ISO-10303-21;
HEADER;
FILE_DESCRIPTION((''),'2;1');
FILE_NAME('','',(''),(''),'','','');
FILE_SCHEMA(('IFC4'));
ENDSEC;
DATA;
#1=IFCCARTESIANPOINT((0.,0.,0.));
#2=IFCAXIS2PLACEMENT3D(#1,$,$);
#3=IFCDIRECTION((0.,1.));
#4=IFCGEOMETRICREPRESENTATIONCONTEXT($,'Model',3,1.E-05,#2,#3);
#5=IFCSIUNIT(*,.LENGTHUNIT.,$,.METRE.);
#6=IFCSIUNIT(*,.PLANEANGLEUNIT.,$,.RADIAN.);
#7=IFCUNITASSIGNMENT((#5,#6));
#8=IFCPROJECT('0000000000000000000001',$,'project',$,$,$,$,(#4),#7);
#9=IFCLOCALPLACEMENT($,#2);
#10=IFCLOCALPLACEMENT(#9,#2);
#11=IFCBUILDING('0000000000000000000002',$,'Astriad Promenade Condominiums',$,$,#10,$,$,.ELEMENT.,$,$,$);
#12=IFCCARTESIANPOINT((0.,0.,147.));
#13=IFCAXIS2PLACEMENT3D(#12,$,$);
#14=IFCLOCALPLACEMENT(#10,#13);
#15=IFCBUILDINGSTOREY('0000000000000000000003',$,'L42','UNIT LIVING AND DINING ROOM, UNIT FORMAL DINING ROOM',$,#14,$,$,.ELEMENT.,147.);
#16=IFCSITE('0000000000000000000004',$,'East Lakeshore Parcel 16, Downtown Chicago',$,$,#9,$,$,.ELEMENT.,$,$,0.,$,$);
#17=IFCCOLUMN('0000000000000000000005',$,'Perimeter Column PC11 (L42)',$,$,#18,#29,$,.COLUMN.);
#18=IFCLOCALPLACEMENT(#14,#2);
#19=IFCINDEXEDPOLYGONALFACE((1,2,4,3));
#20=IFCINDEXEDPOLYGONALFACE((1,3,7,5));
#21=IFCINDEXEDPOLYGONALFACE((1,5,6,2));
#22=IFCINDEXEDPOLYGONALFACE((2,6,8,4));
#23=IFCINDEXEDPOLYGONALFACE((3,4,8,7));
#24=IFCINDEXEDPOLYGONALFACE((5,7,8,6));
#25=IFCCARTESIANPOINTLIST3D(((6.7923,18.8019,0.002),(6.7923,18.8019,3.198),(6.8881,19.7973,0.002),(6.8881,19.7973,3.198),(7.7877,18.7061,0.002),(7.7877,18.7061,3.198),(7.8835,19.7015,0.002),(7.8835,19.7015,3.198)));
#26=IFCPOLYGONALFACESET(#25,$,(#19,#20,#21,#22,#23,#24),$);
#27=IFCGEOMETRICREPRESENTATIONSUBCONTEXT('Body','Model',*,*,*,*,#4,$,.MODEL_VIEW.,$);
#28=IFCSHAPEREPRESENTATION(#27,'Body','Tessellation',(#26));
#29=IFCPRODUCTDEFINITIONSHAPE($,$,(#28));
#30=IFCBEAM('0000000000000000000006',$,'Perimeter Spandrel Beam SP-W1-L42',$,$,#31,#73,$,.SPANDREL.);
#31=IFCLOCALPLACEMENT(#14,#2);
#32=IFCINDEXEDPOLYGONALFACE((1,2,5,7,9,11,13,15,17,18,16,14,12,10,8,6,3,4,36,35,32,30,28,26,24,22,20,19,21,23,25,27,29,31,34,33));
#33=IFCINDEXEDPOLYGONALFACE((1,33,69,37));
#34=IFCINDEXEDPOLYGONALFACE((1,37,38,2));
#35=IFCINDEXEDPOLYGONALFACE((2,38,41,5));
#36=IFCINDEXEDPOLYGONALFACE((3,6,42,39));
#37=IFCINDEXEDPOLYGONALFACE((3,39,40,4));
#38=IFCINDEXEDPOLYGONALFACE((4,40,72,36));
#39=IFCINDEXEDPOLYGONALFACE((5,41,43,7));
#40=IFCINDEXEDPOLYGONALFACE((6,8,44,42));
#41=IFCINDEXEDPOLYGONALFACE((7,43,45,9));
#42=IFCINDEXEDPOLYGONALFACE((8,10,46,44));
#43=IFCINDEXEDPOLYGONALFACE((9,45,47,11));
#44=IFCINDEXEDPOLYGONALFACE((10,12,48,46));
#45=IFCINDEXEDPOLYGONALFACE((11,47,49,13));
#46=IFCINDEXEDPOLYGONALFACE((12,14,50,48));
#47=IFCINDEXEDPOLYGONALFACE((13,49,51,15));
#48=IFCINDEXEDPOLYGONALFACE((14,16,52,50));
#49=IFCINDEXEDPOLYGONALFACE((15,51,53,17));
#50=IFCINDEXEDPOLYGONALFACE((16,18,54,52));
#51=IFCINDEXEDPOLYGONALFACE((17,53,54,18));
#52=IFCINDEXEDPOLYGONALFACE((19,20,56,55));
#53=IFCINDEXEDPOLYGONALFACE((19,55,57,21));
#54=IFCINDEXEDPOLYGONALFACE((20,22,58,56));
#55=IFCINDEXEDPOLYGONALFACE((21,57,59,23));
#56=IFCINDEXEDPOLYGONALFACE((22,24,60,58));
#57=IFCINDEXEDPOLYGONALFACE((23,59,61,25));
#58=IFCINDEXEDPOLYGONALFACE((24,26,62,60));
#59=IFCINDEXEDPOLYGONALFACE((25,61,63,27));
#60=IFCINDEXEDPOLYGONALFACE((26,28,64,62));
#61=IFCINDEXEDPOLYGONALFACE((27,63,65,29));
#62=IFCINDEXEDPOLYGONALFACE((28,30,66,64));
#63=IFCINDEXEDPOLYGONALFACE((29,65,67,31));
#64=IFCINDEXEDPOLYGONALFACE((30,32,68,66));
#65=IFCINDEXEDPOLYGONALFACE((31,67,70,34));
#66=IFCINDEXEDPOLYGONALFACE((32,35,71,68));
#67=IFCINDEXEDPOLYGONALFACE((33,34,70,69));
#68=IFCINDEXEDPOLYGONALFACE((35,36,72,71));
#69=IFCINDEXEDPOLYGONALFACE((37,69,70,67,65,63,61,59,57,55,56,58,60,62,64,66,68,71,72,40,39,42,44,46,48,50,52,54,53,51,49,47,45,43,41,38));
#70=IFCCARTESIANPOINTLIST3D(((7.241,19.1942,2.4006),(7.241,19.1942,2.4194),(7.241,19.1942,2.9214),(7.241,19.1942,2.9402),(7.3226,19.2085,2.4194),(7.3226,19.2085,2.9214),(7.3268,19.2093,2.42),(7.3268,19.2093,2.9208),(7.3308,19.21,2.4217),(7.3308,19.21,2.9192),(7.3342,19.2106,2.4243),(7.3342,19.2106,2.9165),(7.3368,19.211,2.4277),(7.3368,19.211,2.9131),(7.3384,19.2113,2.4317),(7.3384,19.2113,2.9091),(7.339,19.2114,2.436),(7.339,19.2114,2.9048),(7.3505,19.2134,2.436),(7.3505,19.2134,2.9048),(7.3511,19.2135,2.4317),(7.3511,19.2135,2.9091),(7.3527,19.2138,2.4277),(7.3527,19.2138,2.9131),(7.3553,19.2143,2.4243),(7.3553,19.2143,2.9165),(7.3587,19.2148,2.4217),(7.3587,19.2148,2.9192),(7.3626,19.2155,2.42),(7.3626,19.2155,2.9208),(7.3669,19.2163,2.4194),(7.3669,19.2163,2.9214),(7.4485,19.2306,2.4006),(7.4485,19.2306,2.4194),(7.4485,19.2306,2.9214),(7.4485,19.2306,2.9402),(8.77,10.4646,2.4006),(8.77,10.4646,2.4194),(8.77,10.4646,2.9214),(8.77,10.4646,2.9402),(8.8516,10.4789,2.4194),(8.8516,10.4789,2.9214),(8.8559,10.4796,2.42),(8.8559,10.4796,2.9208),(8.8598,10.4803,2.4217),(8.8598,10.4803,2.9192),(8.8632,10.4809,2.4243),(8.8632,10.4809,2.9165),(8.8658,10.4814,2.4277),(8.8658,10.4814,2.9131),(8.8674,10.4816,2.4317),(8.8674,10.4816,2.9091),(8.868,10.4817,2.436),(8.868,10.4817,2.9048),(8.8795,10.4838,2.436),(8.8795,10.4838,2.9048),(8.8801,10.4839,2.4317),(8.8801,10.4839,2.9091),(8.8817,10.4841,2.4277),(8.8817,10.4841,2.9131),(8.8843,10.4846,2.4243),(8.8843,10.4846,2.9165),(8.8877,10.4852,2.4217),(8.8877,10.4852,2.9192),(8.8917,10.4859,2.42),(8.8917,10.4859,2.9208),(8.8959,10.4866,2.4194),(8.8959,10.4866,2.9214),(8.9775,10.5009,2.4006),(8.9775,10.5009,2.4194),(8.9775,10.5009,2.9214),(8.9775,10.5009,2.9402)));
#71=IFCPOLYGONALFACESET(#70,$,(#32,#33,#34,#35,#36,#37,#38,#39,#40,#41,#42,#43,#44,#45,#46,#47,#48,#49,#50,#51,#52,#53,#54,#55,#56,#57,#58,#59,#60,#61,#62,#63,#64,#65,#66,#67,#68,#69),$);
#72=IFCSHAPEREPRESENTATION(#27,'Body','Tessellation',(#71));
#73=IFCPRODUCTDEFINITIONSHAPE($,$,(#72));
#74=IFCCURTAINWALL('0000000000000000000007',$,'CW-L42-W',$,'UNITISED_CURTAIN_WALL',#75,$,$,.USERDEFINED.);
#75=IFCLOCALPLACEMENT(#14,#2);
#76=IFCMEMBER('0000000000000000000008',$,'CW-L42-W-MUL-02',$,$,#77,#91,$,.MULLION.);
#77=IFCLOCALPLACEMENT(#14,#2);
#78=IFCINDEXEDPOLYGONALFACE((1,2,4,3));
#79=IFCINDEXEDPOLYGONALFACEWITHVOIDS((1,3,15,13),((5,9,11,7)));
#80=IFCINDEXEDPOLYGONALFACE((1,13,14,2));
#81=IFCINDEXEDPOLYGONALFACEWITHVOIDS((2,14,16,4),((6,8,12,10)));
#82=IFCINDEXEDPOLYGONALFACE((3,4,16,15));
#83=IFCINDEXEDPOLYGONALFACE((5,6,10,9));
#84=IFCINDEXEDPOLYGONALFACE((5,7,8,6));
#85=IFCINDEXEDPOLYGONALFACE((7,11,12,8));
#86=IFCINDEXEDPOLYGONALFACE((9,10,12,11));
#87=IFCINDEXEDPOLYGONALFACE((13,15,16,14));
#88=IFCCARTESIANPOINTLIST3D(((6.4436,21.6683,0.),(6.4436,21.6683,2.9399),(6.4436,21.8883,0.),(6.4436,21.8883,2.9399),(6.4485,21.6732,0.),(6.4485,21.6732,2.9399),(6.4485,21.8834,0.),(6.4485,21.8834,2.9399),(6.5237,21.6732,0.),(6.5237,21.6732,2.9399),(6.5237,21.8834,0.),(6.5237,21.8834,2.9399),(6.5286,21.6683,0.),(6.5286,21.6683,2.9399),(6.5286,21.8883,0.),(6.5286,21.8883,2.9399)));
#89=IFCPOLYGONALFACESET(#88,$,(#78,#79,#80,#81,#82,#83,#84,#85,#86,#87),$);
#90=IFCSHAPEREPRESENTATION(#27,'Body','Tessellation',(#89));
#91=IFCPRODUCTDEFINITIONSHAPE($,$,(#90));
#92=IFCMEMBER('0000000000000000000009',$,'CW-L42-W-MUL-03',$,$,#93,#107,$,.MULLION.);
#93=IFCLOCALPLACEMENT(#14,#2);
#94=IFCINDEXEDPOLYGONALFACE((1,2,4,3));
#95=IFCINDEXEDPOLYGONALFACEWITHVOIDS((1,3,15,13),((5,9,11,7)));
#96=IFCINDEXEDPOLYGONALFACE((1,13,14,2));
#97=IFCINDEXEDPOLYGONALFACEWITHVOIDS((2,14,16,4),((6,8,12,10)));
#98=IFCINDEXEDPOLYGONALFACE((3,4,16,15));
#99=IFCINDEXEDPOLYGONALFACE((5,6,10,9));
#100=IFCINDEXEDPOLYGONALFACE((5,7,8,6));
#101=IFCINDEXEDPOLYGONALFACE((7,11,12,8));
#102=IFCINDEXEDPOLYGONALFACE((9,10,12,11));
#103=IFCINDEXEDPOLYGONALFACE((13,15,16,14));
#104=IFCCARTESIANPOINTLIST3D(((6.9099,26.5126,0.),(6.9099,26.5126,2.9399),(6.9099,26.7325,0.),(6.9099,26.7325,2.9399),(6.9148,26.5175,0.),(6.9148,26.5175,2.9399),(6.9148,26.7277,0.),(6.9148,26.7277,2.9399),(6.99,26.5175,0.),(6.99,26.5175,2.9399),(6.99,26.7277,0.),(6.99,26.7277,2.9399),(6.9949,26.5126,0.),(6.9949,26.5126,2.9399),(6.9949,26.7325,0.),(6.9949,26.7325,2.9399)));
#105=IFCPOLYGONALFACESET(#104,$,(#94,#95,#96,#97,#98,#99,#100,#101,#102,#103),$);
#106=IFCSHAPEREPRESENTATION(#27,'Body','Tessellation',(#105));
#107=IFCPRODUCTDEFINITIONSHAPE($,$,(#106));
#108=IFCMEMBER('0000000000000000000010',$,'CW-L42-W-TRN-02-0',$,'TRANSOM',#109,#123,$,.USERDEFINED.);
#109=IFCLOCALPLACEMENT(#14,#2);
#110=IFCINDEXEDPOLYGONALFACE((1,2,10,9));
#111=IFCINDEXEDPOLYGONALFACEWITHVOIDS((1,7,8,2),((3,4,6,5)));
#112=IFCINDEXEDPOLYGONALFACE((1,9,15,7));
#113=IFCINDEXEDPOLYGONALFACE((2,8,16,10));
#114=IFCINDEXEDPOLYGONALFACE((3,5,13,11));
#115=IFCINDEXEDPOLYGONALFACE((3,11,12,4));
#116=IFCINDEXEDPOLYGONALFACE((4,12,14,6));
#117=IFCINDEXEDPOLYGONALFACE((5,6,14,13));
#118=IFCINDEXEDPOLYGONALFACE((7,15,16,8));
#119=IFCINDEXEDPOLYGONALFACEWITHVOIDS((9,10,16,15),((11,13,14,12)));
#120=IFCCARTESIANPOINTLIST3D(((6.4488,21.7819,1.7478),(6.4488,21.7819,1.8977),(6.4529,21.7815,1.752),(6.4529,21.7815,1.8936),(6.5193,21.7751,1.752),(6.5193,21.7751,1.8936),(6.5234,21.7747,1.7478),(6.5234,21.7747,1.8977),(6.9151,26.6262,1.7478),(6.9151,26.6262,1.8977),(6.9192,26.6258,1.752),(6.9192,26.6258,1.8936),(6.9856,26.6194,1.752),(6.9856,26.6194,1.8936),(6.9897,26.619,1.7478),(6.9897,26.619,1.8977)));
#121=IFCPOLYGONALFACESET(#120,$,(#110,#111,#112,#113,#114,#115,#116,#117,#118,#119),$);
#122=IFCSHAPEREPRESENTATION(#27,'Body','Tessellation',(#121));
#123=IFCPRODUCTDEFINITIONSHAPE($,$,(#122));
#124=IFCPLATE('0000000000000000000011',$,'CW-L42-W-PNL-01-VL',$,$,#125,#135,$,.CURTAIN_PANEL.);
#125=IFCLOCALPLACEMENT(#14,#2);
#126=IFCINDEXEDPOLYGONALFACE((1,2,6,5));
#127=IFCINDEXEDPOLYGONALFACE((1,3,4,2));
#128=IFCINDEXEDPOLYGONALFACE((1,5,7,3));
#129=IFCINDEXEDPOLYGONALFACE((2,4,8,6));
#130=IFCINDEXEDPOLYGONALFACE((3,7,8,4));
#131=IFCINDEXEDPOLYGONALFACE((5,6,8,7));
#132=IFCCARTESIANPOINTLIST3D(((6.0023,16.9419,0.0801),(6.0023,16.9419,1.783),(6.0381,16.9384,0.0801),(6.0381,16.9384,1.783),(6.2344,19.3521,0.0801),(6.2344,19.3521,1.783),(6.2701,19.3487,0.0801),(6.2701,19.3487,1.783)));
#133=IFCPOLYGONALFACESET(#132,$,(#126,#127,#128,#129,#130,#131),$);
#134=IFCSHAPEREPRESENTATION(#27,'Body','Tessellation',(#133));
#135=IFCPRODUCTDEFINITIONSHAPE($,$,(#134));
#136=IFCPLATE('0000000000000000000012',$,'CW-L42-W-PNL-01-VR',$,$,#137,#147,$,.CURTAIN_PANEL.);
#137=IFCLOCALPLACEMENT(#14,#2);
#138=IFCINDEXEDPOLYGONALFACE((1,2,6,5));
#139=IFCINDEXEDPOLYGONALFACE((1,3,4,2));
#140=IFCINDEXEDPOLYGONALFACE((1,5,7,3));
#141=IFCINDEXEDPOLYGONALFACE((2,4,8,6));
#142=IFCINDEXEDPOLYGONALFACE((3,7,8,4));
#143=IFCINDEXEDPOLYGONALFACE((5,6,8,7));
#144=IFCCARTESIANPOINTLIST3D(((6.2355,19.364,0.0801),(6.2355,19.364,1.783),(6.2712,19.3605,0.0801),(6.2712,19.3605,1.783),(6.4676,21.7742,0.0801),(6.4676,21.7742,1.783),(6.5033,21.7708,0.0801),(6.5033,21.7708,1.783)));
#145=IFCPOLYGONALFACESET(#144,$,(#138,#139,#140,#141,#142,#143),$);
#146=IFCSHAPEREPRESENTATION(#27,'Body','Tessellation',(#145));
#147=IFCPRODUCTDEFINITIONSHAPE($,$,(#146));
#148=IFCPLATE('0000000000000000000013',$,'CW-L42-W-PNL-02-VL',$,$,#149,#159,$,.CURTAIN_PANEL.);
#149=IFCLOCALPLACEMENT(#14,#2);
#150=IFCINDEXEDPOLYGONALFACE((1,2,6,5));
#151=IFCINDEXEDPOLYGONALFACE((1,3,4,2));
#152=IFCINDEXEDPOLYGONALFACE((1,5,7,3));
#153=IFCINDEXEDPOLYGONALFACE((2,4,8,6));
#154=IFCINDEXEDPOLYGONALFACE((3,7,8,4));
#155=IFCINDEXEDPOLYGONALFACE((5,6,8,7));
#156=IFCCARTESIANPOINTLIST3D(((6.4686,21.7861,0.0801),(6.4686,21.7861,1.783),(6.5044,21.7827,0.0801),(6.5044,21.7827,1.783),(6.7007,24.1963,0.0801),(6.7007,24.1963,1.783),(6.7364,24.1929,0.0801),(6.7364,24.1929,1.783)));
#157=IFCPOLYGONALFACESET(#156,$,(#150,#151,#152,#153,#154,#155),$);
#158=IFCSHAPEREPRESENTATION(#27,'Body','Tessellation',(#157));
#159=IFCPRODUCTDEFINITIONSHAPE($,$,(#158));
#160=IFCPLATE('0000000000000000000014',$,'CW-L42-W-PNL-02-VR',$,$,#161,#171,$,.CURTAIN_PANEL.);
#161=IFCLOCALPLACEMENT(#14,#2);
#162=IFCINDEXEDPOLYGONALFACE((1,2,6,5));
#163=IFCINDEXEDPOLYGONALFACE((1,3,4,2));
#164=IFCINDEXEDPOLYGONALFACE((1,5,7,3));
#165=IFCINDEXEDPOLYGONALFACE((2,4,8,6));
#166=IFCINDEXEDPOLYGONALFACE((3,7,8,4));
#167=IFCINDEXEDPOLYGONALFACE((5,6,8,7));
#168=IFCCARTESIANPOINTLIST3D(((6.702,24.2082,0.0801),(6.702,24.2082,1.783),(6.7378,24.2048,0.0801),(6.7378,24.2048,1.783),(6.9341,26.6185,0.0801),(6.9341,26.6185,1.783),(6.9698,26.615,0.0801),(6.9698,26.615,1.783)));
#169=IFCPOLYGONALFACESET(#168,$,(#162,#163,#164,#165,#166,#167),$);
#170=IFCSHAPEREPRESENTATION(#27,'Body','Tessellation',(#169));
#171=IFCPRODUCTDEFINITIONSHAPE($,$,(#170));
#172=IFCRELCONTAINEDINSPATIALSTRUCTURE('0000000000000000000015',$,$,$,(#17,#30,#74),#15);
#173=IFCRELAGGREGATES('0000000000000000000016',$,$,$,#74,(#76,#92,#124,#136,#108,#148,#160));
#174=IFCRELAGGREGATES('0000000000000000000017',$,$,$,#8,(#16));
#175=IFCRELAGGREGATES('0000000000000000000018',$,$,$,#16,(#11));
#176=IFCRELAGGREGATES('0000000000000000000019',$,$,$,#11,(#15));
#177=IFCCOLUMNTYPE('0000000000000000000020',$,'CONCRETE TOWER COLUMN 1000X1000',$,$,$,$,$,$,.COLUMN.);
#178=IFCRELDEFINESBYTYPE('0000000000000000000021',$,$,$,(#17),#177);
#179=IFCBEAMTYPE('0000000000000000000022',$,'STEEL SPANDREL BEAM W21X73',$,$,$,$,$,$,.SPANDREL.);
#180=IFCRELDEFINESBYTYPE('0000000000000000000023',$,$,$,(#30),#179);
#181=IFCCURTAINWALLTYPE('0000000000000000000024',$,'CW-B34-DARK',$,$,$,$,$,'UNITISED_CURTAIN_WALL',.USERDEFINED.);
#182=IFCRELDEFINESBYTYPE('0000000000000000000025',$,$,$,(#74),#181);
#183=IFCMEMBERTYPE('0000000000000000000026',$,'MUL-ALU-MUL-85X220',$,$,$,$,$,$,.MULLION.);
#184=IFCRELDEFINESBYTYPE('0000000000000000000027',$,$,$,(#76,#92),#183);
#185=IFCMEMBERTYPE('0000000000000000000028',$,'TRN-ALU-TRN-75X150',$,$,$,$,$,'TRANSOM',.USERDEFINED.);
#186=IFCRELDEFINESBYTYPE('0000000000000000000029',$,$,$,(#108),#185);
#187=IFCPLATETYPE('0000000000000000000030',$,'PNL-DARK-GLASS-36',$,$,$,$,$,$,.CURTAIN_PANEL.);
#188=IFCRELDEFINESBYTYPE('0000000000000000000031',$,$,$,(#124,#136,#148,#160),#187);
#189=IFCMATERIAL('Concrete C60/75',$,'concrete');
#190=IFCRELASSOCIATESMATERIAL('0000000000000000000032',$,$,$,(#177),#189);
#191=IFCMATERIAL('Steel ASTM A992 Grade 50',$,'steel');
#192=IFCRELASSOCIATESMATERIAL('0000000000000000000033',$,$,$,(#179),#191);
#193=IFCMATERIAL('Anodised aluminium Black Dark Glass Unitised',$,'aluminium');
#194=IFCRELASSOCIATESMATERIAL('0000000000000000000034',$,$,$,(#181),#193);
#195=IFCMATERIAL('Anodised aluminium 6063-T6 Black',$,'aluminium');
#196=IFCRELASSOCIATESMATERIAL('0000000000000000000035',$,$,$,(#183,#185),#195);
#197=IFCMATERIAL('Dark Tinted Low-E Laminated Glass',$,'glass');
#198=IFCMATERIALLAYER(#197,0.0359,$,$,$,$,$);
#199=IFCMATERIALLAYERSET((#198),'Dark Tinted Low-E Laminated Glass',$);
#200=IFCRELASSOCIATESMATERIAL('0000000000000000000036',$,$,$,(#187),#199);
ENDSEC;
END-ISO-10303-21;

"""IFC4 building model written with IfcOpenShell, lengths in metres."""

from ifc_helpers import new_model, si_unit, direction, frame, origin, origin_2d, place, context, subcontext, project, spatial, rectangle, hollow_rectangle, i_section, extrude, source, transform, mapped, material, layer, layer_set, material_profile, profile_set, type_object, type_shapes, element, aggregate, save


model = new_model("IFC4")

# Units and contexts
model_context = context("Model", 3, precision=1e-05, world=origin(), true_north=direction((0.0, 1.0)))
body_context = subcontext(model_context, "Body", "Model", "MODEL_VIEW")
ifc_project = project(units=[si_unit("LENGTHUNIT", "METRE"), si_unit("PLANEANGLEUNIT", "RADIAN")], contexts=[model_context])

# Site, building, storey
site_placement = place(None, origin())
site = spatial("IfcSite", under=ifc_project, at=site_placement, Name="East Lakeshore Parcel 16, Downtown Chicago", CompositionType="ELEMENT", RefElevation=0.0)
building_placement = place(site_placement, origin())
building = spatial("IfcBuilding", under=site, at=building_placement, Name="Astriad Promenade Condominiums", CompositionType="ELEMENT")
storey_placement = place(building_placement, frame((0.0, 0.0, 147.0)))
storey = spatial("IfcBuildingStorey", under=building, at=storey_placement, Name="L42", Description="UNIT LIVING AND DINING ROOM, UNIT FORMAL DINING ROOM", CompositionType="ELEMENT", Elevation=147.0)

# Column
ifc_material_1 = material(Name="Concrete C60/75", Category="concrete")
ifc_material_profile_1 = material_profile(ifc_material_1, rectangle(XDim=1.0, YDim=1.0, at=origin_2d()), Name="RC-COL-1000X1000")
ifc_profile_set_1 = profile_set([ifc_material_profile_1], Name="Concrete C60/75")
column_type = type_object("IfcColumnType", Name="CONCRETE TOWER COLUMN 1000X1000", PredefinedType="COLUMN", material=ifc_profile_set_1)
shared_shape_1 = source(origin(), body_context, "Body", "SweptSolid", [
    extrude(rectangle(XDim=1.0, YDim=1.0, at=origin_2d()), origin(), (0.0, 0.0, 1.0), 3.196),
])
type_shapes(column_type, [shared_shape_1])
column_placement = place(storey_placement, frame((7.3379, 19.2517, 0.002), z_axis=(0.0, 0.0, 1.0), x_axis=(0.995396, -0.095846, 0.0)))
element("IfcColumn", 1, at=column_placement, inside=storey, type_object=column_type, Name="Perimeter Column PC11 (L42)", PredefinedType="COLUMN", context=body_context, shape_type="MappedRepresentation", body=[
    mapped(shared_shape_1, transform((0.0, 0.0, 0.0), scale=1.0)),
])

# Beam
ifc_material_2 = material(Name="Steel ASTM A992 Grade 50", Category="steel")
ifc_material_profile_2 = material_profile(ifc_material_2, i_section(OverallWidth=0.2107, OverallDepth=0.5396, WebThickness=0.0117, FlangeThickness=0.0188, FilletRadius=0.0166, at=origin_2d()), Name="W21X73")
ifc_profile_set_2 = profile_set([ifc_material_profile_2], Name="Steel ASTM A992 Grade 50")
beam_type = type_object("IfcBeamType", Name="STEEL SPANDREL BEAM W21X73", PredefinedType="SPANDREL", material=ifc_profile_set_2)
shared_shape_2 = source(origin(), body_context, "Body", "SweptSolid", [
    extrude(i_section(OverallWidth=0.2107, OverallDepth=0.5396, WebThickness=0.0117, FlangeThickness=0.0188, FilletRadius=0.0166, at=origin_2d()), origin(), (0.0, 0.0, 1.0), 8.8625),
])
type_shapes(beam_type, [shared_shape_2])
beam_placement = place(storey_placement, frame((7.3447, 19.2124, 2.6704), z_axis=(0.172528, -0.985005, 0.0), x_axis=(0.985005, 0.172528, 0.0)))
element("IfcBeam", 2, at=beam_placement, inside=storey, type_object=beam_type, Name="Perimeter Spandrel Beam SP-W1-L42", PredefinedType="SPANDREL", context=body_context, shape_type="MappedRepresentation", body=[
    mapped(shared_shape_2, transform((0.0, 0.0, 0.0), scale=1.0)),
])

# Curtain wall, members, plates
ifc_material_3 = material(Name="Anodised aluminium Black Dark Glass Unitised", Category="aluminium")
curtain_wall_type = type_object("IfcCurtainWallType", Name="CW-B34-DARK", ElementType="UNITISED_CURTAIN_WALL", PredefinedType="USERDEFINED", material=ifc_material_3)
curtain_wall_placement = place(storey_placement, origin())
curtain_wall = element("IfcCurtainWall", 3, at=curtain_wall_placement, inside=storey, type_object=curtain_wall_type, Name="CW-L42-W", ObjectType="UNITISED_CURTAIN_WALL", PredefinedType="USERDEFINED")
ifc_material_4 = material(Name="Anodised aluminium 6063-T6 Black", Category="aluminium")
ifc_material_profile_3 = material_profile(ifc_material_4, hollow_rectangle(XDim=0.085, YDim=0.22, WallThickness=0.0049, at=origin_2d()), Name="ALU-MUL-85X220")
ifc_profile_set_3 = profile_set([ifc_material_profile_3], Name="Anodised aluminium 6063-T6 Black")
member_type_1 = type_object("IfcMemberType", Name="MUL-ALU-MUL-85X220", PredefinedType="MULLION", material=ifc_profile_set_3)
shared_shape_3 = source(origin(), body_context, "Body", "SweptSolid", [
    extrude(hollow_rectangle(XDim=0.085, YDim=0.22, WallThickness=0.0049, at=origin_2d()), origin(), (0.0, 0.0, 1.0), 2.9399),
])
type_shapes(member_type_1, [shared_shape_3])
member_1_placement = place(storey_placement, frame((6.4861, 21.7783, 0.0), z_axis=(0.0, 0.0, 1.0), x_axis=(1.0, 0.0, 0.0)))
member_1 = element("IfcMember", 4, at=member_1_placement, type_object=member_type_1, Name="CW-L42-W-MUL-02", PredefinedType="MULLION", context=body_context, shape_type="MappedRepresentation", body=[
    mapped(shared_shape_3, transform((0.0, 0.0, 0.0), scale=1.0)),
])
member_2_placement = place(storey_placement, frame((6.9524, 26.6226, 0.0), z_axis=(0.0, 0.0, 1.0), x_axis=(1.0, 0.0, 0.0)))
member_2 = element("IfcMember", 5, at=member_2_placement, type_object=member_type_1, Name="CW-L42-W-MUL-03", PredefinedType="MULLION", context=body_context, shape_type="MappedRepresentation", body=[
    mapped(shared_shape_3, transform((0.0, 0.0, 0.0), scale=1.0)),
])
ifc_material_profile_4 = material_profile(ifc_material_4, hollow_rectangle(XDim=0.075, YDim=0.1499, WallThickness=0.0042, at=origin_2d()), Name="ALU-TRN-75X150")
ifc_profile_set_4 = profile_set([ifc_material_profile_4], Name="Anodised aluminium 6063-T6 Black")
member_type_2 = type_object("IfcMemberType", Name="TRN-ALU-TRN-75X150", ElementType="TRANSOM", PredefinedType="USERDEFINED", material=ifc_profile_set_4)
shared_shape_4 = source(origin(), body_context, "Body", "SweptSolid", [
    extrude(hollow_rectangle(XDim=0.075, YDim=0.1499, WallThickness=0.0042, at=origin_2d()), origin(), (0.0, 0.0, 1.0), 4.8667),
])
type_shapes(member_type_2, [shared_shape_4])
member_3_placement = place(storey_placement, frame((6.4861, 21.7783, 1.8228), z_axis=(0.095818, 0.995399, 0.0), x_axis=(-0.995399, 0.095818, 0.0)))
member_3 = element("IfcMember", 6, at=member_3_placement, type_object=member_type_2, Name="CW-L42-W-TRN-02-0", ObjectType="TRANSOM", PredefinedType="USERDEFINED", context=body_context, shape_type="MappedRepresentation", body=[
    mapped(shared_shape_4, transform((0.0, 0.0, 0.0), scale=1.0)),
])
ifc_material_5 = material(Name="Dark Tinted Low-E Laminated Glass", Category="glass")
ifc_layer_1 = layer(ifc_material_5, 0.0359)
ifc_layer_set_1 = layer_set([ifc_layer_1], Name="Dark Tinted Low-E Laminated Glass")
plate_type = type_object("IfcPlateType", Name="PNL-DARK-GLASS-36", PredefinedType="CURTAIN_PANEL", material=ifc_layer_set_1)
shared_shape_5 = source(origin(), body_context, "Body", "SweptSolid", [
    extrude(rectangle(XDim=2.4214, YDim=0.0359, at=origin_2d()), origin(), (0.0, 0.0, 1.0), 1.7029),
])
plate_1_placement = place(storey_placement, frame((6.1362, 18.1453, 0.0801), z_axis=(0.0, 0.0, 1.0), x_axis=(0.095846, 0.995396, 0.0)))
plate_1 = element("IfcPlate", 7, at=plate_1_placement, type_object=plate_type, Name="CW-L42-W-PNL-01-VL", PredefinedType="CURTAIN_PANEL", context=body_context, shape_type="MappedRepresentation", body=[
    mapped(shared_shape_5, transform((0.0, 0.0, 0.0), scale=1.0)),
])
plate_2_placement = place(storey_placement, frame((6.3694, 20.5674, 0.0801), z_axis=(0.0, 0.0, 1.0), x_axis=(0.095846, 0.995396, 0.0)))
plate_2 = element("IfcPlate", 8, at=plate_2_placement, type_object=plate_type, Name="CW-L42-W-PNL-01-VR", PredefinedType="CURTAIN_PANEL", context=body_context, shape_type="MappedRepresentation", body=[
    mapped(shared_shape_5, transform((0.0, 0.0, 0.0), scale=1.0)),
])
plate_3_placement = place(storey_placement, frame((6.6025, 22.9895, 0.0801), z_axis=(0.0, 0.0, 1.0), x_axis=(0.095846, 0.995396, 0.0)))
plate_3 = element("IfcPlate", 9, at=plate_3_placement, type_object=plate_type, Name="CW-L42-W-PNL-02-VL", PredefinedType="CURTAIN_PANEL", context=body_context, shape_type="MappedRepresentation", body=[
    mapped(shared_shape_5, transform((0.0, 0.0, 0.0), scale=1.0)),
])
plate_4_placement = place(storey_placement, frame((6.8359, 25.4116, 0.0801), z_axis=(0.0, 0.0, 1.0), x_axis=(0.095846, 0.995396, 0.0)))
plate_4 = element("IfcPlate", 10, at=plate_4_placement, type_object=plate_type, Name="CW-L42-W-PNL-02-VR", PredefinedType="CURTAIN_PANEL", context=body_context, shape_type="MappedRepresentation", body=[
    mapped(shared_shape_5, transform((0.0, 0.0, 0.0), scale=1.0)),
])
aggregate(curtain_wall, [member_1, member_2, plate_1, plate_2, member_3, plate_3, plate_4])

save(model, "model.ifc")
